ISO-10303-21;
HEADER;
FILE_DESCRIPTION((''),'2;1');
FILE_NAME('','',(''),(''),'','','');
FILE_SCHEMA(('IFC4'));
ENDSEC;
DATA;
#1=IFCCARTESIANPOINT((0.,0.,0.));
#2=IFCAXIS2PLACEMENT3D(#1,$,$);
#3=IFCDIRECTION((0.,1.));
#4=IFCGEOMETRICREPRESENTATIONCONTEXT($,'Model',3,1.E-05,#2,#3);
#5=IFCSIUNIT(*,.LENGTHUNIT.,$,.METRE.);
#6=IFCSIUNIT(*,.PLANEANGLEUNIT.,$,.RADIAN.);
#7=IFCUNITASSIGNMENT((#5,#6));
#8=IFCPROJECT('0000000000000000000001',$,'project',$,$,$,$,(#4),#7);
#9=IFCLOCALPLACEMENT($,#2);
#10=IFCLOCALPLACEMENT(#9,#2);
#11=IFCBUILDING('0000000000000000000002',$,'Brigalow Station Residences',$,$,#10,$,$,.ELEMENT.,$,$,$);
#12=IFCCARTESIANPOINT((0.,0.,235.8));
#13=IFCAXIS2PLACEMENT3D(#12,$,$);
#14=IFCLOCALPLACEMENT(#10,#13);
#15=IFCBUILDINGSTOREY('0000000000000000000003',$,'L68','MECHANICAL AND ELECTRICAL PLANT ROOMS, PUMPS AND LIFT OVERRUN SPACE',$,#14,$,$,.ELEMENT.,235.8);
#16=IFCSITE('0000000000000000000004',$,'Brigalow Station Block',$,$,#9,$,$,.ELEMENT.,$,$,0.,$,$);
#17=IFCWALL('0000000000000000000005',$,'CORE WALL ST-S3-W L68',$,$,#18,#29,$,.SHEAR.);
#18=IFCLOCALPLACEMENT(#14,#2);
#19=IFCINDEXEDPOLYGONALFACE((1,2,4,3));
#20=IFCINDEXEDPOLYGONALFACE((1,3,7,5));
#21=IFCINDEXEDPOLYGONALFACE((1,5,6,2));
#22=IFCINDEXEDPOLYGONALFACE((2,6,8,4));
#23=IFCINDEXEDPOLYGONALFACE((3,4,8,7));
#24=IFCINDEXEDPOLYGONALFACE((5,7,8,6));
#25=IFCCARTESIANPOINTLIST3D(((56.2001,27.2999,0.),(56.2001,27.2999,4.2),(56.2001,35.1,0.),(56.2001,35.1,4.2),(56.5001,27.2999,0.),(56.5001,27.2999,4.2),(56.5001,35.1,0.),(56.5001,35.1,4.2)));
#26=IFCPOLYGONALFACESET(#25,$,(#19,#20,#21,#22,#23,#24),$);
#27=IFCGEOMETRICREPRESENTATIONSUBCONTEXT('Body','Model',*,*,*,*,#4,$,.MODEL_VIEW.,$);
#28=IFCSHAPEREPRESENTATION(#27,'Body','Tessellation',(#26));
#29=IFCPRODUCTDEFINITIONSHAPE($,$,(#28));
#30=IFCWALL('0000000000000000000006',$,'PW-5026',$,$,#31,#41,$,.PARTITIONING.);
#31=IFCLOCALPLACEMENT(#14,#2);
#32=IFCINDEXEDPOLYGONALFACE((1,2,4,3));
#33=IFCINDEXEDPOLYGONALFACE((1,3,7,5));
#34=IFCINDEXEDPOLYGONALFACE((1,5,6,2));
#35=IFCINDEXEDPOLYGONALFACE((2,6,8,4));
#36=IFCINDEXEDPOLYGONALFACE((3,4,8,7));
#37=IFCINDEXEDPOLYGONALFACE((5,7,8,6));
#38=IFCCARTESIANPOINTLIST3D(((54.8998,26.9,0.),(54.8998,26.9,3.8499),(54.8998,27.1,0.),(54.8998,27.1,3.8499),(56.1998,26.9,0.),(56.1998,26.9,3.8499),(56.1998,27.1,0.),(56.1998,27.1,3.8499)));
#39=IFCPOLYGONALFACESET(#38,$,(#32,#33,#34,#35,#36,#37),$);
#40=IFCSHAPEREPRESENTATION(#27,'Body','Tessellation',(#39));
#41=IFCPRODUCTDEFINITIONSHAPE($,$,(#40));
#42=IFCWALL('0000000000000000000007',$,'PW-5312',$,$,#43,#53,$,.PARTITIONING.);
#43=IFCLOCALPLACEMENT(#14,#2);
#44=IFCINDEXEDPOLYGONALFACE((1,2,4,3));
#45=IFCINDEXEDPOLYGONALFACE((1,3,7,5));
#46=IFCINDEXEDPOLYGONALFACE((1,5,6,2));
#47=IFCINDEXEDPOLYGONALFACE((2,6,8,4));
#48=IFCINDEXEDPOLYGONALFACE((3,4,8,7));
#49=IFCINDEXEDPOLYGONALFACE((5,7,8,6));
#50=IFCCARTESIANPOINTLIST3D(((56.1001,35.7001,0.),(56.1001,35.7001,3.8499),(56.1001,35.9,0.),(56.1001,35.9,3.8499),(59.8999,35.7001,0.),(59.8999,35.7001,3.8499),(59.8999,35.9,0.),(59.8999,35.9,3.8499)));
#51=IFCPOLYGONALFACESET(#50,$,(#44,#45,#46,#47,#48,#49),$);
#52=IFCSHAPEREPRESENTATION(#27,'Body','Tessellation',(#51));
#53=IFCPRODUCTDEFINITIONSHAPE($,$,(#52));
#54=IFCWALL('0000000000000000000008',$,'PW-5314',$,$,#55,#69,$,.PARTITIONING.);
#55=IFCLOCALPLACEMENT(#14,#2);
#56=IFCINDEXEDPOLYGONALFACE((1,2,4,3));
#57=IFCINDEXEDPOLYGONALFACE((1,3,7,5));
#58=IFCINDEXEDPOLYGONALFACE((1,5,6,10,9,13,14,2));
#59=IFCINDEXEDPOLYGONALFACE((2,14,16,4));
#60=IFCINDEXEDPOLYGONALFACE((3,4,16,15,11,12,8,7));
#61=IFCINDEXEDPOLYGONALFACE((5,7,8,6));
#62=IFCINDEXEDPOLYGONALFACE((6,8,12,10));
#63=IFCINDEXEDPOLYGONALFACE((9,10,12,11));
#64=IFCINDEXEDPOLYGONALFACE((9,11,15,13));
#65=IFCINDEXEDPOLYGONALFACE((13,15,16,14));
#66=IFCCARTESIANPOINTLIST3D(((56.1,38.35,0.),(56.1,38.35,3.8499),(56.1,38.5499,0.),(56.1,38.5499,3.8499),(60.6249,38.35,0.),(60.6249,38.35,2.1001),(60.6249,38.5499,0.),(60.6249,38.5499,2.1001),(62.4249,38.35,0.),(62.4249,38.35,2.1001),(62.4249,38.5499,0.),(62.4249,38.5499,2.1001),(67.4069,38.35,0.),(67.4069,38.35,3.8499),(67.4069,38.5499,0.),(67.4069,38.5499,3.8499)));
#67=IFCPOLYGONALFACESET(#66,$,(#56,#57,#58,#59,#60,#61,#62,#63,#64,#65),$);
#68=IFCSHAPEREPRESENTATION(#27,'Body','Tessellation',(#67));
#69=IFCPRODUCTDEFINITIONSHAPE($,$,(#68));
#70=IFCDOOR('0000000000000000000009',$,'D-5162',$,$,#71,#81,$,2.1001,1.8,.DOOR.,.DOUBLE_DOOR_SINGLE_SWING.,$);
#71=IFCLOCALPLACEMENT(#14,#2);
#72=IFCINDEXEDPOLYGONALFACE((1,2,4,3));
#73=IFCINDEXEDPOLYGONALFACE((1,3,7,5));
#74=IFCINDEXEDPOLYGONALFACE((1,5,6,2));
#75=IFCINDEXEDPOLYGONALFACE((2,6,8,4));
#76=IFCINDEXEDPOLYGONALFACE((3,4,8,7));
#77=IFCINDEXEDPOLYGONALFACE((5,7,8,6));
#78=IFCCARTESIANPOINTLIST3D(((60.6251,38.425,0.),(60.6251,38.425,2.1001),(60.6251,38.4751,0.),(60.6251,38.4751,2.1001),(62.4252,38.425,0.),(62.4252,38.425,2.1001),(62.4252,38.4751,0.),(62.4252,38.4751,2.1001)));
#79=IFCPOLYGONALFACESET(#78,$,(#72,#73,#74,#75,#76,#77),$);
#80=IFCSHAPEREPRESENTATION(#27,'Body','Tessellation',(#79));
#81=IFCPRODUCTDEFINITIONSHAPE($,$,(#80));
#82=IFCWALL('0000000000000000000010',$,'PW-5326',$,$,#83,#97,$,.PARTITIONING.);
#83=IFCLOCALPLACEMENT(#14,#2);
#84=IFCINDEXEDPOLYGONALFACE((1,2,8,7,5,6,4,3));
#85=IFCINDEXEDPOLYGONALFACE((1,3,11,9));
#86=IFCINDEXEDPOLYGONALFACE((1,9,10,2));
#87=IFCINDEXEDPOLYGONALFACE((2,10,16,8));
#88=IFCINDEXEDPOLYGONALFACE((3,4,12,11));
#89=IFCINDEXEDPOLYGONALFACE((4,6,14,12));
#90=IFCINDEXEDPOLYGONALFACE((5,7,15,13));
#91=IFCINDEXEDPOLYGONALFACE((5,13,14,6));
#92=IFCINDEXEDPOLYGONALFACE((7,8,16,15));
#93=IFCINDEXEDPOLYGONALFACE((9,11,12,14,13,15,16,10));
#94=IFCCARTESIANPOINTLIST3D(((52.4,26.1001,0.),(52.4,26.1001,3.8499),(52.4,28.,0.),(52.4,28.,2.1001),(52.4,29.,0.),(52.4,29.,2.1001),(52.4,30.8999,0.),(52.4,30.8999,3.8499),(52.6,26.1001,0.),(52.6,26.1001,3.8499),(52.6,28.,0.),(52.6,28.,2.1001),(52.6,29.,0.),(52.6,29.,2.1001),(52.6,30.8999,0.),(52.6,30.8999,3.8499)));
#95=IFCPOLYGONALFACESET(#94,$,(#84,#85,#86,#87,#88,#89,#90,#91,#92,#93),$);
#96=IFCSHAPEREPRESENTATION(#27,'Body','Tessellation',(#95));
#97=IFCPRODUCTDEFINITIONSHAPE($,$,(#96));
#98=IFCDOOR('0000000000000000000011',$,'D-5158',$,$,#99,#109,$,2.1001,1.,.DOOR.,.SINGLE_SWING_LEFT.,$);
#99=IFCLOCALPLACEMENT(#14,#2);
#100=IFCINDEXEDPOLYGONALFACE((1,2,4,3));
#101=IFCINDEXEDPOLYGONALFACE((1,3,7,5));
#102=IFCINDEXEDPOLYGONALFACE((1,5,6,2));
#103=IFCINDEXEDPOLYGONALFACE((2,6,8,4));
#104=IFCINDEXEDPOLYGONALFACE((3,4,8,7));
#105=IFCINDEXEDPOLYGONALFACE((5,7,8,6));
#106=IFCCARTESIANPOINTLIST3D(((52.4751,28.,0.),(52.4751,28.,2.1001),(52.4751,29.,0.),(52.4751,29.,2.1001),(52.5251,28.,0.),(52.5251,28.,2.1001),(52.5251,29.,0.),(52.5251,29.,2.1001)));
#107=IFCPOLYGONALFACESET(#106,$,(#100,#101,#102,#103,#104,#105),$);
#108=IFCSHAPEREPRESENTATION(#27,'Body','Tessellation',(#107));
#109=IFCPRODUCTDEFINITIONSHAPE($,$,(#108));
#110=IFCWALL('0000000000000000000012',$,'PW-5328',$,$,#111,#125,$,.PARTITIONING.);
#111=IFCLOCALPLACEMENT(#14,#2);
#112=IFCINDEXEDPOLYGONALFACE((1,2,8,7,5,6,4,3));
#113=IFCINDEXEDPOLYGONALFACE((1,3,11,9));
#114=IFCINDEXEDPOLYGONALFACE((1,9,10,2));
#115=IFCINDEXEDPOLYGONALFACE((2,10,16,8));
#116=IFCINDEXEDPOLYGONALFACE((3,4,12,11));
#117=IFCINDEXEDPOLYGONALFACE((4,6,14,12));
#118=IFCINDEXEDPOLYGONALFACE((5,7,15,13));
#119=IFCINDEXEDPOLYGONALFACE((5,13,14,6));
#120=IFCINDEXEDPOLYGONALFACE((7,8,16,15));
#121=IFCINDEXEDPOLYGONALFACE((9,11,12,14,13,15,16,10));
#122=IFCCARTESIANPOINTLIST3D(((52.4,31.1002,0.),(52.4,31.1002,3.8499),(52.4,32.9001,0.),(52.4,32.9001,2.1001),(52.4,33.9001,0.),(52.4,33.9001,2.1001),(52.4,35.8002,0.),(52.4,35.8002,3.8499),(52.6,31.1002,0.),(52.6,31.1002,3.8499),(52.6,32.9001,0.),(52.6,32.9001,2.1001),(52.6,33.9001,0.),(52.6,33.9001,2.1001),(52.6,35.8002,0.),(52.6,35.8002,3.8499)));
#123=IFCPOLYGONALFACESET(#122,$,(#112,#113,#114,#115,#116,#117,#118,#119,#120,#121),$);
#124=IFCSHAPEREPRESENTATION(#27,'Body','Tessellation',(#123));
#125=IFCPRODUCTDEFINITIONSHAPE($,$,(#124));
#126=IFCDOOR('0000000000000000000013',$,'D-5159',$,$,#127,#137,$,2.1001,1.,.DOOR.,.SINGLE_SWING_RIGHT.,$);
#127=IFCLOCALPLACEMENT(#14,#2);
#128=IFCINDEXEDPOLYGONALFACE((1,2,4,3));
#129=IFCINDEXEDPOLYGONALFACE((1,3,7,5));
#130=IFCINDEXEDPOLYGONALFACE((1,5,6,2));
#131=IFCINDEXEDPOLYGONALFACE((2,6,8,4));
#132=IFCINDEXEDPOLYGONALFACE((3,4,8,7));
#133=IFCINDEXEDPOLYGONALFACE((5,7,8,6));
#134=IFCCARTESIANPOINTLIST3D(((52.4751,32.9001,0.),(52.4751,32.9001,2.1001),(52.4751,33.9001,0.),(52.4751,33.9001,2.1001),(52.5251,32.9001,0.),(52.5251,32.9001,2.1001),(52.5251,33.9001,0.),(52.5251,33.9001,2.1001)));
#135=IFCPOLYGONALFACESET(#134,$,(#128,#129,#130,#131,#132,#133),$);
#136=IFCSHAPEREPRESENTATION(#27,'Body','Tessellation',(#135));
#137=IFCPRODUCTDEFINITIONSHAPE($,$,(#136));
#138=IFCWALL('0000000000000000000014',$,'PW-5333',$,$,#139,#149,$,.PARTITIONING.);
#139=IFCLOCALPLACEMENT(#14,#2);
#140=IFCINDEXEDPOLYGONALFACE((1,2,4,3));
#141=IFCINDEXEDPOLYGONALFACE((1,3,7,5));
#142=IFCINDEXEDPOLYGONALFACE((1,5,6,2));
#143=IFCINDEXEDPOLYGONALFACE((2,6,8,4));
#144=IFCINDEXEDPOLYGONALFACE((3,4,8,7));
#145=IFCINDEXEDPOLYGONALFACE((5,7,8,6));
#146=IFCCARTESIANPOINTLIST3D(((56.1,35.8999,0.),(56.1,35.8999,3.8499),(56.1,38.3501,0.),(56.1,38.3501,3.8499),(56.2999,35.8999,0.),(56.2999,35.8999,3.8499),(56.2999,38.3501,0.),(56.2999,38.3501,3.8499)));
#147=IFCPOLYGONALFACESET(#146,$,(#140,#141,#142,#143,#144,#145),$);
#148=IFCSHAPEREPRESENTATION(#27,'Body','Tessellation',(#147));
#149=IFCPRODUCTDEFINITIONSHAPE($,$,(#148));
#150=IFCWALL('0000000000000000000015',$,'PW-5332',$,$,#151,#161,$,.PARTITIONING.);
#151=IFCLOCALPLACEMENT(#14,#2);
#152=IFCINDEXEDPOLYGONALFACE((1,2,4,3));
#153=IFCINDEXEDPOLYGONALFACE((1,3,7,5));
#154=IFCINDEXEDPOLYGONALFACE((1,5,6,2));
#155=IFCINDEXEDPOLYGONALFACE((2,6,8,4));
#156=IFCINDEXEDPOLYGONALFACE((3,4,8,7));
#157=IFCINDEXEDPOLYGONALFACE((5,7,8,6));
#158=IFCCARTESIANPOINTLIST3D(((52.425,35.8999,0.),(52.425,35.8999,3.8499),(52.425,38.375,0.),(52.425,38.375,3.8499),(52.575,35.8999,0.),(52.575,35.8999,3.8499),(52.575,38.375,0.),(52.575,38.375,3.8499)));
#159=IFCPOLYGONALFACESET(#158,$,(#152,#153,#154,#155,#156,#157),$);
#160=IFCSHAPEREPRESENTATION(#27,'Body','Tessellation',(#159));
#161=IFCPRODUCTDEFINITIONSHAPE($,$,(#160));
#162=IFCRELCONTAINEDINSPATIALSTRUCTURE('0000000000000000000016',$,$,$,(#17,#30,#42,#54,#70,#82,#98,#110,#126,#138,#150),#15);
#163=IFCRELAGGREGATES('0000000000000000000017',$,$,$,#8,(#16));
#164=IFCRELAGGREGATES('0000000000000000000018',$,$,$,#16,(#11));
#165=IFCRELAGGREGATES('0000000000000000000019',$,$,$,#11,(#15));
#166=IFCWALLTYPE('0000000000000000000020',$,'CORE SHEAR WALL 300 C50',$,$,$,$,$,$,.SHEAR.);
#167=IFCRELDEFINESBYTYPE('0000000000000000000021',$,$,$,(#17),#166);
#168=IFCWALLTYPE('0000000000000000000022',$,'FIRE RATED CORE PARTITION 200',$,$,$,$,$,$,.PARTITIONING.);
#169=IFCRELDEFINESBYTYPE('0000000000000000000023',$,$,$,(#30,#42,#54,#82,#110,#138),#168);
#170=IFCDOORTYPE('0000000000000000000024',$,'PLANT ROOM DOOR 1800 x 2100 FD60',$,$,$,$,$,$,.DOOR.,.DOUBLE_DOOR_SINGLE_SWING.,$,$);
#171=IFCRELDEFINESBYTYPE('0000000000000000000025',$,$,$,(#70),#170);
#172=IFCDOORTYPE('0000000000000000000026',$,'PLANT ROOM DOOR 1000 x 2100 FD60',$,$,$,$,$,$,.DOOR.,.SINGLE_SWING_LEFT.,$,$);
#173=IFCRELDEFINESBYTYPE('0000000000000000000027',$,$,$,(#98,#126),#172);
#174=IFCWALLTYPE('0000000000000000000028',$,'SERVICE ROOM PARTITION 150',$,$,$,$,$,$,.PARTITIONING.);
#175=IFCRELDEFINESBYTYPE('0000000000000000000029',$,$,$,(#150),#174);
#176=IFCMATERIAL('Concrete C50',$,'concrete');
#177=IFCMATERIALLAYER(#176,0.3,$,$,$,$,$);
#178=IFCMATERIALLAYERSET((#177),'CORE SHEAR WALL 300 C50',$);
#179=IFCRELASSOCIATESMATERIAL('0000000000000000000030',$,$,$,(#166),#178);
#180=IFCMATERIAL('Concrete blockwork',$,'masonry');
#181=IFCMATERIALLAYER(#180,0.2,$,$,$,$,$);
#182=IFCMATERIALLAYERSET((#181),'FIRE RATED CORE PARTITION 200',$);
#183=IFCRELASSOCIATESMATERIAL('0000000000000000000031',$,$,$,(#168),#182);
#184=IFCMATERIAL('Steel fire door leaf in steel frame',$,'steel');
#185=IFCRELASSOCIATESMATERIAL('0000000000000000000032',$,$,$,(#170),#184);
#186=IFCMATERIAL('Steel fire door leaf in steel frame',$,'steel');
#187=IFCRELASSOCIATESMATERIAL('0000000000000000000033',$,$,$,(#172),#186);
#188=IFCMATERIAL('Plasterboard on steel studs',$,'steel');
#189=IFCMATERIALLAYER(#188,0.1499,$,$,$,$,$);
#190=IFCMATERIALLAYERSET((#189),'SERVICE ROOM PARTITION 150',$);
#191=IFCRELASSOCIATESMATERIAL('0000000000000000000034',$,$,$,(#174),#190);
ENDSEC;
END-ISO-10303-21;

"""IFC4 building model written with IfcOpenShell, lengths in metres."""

from ifc_helpers import new_model, si_unit, direction, frame, frame_2d, origin, place, context, subcontext, project, spatial, rectangle, extrude, material, layer, layer_set, type_object, element, fill, save


model = new_model("IFC4")

# Units and contexts
model_context = context("Model", 3, precision=1e-05, world=origin(), true_north=direction((0.0, 1.0)))
body_context = subcontext(model_context, "Body", "Model", "MODEL_VIEW")
ifc_project = project(units=[si_unit("LENGTHUNIT", "METRE"), si_unit("PLANEANGLEUNIT", "RADIAN")], contexts=[model_context])

# Site, building, storey
site_placement = place(None, origin())
site = spatial("IfcSite", under=ifc_project, at=site_placement, Name="Brigalow Station Block", CompositionType="ELEMENT", RefElevation=0.0)
building_placement = place(site_placement, origin())
building = spatial("IfcBuilding", under=site, at=building_placement, Name="Brigalow Station Residences", CompositionType="ELEMENT")
storey_placement = place(building_placement, frame((0.0, 0.0, 235.8)))
storey = spatial("IfcBuildingStorey", under=building, at=storey_placement, Name="L68", Description="MECHANICAL AND ELECTRICAL PLANT ROOMS, PUMPS AND LIFT OVERRUN SPACE", CompositionType="ELEMENT", Elevation=235.8)

# Shared definitions
ifc_material_1 = material(Name="Concrete C50", Category="concrete")
ifc_layer_1 = layer(ifc_material_1, 0.3)
ifc_layer_set_1 = layer_set([ifc_layer_1], Name="CORE SHEAR WALL 300 C50")
wall_type_1 = type_object("IfcWallType", Name="CORE SHEAR WALL 300 C50", PredefinedType="SHEAR", material=ifc_layer_set_1)

# Walls
wall_1_placement = place(storey_placement, frame((56.3501, 27.3, 0.0), z_axis=(0.0, 0.0, 1.0), x_axis=(0.0, 1.0, 0.0)))
element("IfcWall", 1, at=wall_1_placement, inside=storey, type_object=wall_type_1, Name="CORE WALL ST-S3-W L68", PredefinedType="SHEAR", context=body_context, shape_type="SweptSolid", body=[
    extrude(rectangle(XDim=7.8, YDim=0.3, at=frame_2d((3.8999, 0.0))), origin(), (0.0, 0.0, 1.0), 4.2),
])
ifc_material_2 = material(Name="Concrete blockwork", Category="masonry")
ifc_layer_2 = layer(ifc_material_2, 0.2)
ifc_layer_set_2 = layer_set([ifc_layer_2], Name="FIRE RATED CORE PARTITION 200")
wall_type_2 = type_object("IfcWallType", Name="FIRE RATED CORE PARTITION 200", PredefinedType="PARTITIONING", material=ifc_layer_set_2)
wall_2_placement = place(storey_placement, frame((54.8999, 27.0, 0.0), z_axis=(0.0, 0.0, 1.0), x_axis=(1.0, 0.0, 0.0)))
element("IfcWall", 2, at=wall_2_placement, inside=storey, type_object=wall_type_2, Name="PW-5026", PredefinedType="PARTITIONING", context=body_context, shape_type="SweptSolid", body=[
    extrude(rectangle(XDim=1.3, YDim=0.2, at=frame_2d((0.6499, 0.0))), origin(), (0.0, 0.0, 1.0), 3.8499),
])
wall_3_placement = place(storey_placement, frame((56.1001, 35.8, 0.0), z_axis=(0.0, 0.0, 1.0), x_axis=(1.0, 0.0, 0.0)))
element("IfcWall", 3, at=wall_3_placement, inside=storey, type_object=wall_type_2, Name="PW-5312", PredefinedType="PARTITIONING", context=body_context, shape_type="SweptSolid", body=[
    extrude(rectangle(XDim=3.7998, YDim=0.2, at=frame_2d((1.8999, 0.0))), origin(), (0.0, 0.0, 1.0), 3.8499),
])

# Walls, openings, doors
wall_4_placement = place(storey_placement, frame((56.1001, 38.45, 0.0), z_axis=(0.0, 0.0, 1.0), x_axis=(1.0, 0.0, 0.0)))
wall_4 = element("IfcWall", 4, at=wall_4_placement, inside=storey, type_object=wall_type_2, Name="PW-5314", PredefinedType="PARTITIONING", context=body_context, shape_type="SweptSolid", body=[
    extrude(rectangle(XDim=11.3069, YDim=0.2, at=frame_2d((5.6533, 0.0))), origin(), (0.0, 0.0, 1.0), 3.8499),
])
opening_1_placement = place(wall_4_placement, frame((4.5249, 0.0, 0.0)))
opening_1 = element("IfcOpeningElement", 5, at=opening_1_placement, cuts=wall_4, PredefinedType="OPENING", context=body_context, shape_type="SweptSolid", body=[
    extrude(rectangle(XDim=1.8, YDim=2.1001, at=frame_2d((0.8999, 1.05))), frame((0.0, 0.1099, 0.0), z_axis=(0.0, -1.0, 0.0), x_axis=(1.0, 0.0, 0.0)), (0.0, 0.0, 1.0), 0.22),
])
ifc_material_3 = material(Name="Steel fire door leaf in steel frame", Category="steel")
door_type_1 = type_object("IfcDoorType", Name="PLANT ROOM DOOR 1800 x 2100 FD60", OperationType="DOUBLE_DOOR_SINGLE_SWING", PredefinedType="DOOR", material=ifc_material_3)
door_1_placement = place(opening_1_placement, frame((1.8, 0.0, 0.0), z_axis=(0.0, 0.0, 1.0), x_axis=(-1.0, 0.0, 0.0)))
door_1 = element("IfcDoor", 6, at=door_1_placement, inside=storey, type_object=door_type_1, Name="D-5162", OperationType="DOUBLE_DOOR_SINGLE_SWING", OverallHeight=2.1001, OverallWidth=1.8, PredefinedType="DOOR", context=body_context, shape_type="SweptSolid", body=[
    extrude(rectangle(XDim=1.8, YDim=2.1001, at=frame_2d((0.8999, 1.05))), frame((0.0, 0.0249, 0.0), z_axis=(0.0, -1.0, 0.0), x_axis=(1.0, 0.0, 0.0)), (0.0, 0.0, 1.0), 0.05),
])
fill(opening_1, door_1)
wall_5_placement = place(storey_placement, frame((52.5, 26.1001, 0.0), z_axis=(0.0, 0.0, 1.0), x_axis=(0.0, 1.0, 0.0)))
wall_5 = element("IfcWall", 7, at=wall_5_placement, inside=storey, type_object=wall_type_2, Name="PW-5326", PredefinedType="PARTITIONING", context=body_context, shape_type="SweptSolid", body=[
    extrude(rectangle(XDim=4.7998, YDim=0.2, at=frame_2d((2.3999, 0.0))), origin(), (0.0, 0.0, 1.0), 3.8499),
])
opening_2_placement = place(wall_5_placement, frame((1.8999, 0.0, 0.0)))
opening_2 = element("IfcOpeningElement", 8, at=opening_2_placement, cuts=wall_5, PredefinedType="OPENING", context=body_context, shape_type="SweptSolid", body=[
    extrude(rectangle(XDim=1.0, YDim=2.1001, at=frame_2d((0.5, 1.05))), frame((0.0, 0.1099, 0.0), z_axis=(0.0, -1.0, 0.0), x_axis=(1.0, 0.0, 0.0)), (0.0, 0.0, 1.0), 0.22),
])
ifc_material_4 = material(Name="Steel fire door leaf in steel frame", Category="steel")
door_type_2 = type_object("IfcDoorType", Name="PLANT ROOM DOOR 1000 x 2100 FD60", OperationType="SINGLE_SWING_LEFT", PredefinedType="DOOR", material=ifc_material_4)
door_2_placement = place(opening_2_placement, origin())
door_2 = element("IfcDoor", 9, at=door_2_placement, inside=storey, type_object=door_type_2, Name="D-5158", OperationType="SINGLE_SWING_LEFT", OverallHeight=2.1001, OverallWidth=1.0, PredefinedType="DOOR", context=body_context, shape_type="SweptSolid", body=[
    extrude(rectangle(XDim=1.0, YDim=2.1001, at=frame_2d((0.5, 1.05))), frame((0.0, 0.0249, 0.0), z_axis=(0.0, -1.0, 0.0), x_axis=(1.0, 0.0, 0.0)), (0.0, 0.0, 1.0), 0.05),
])
fill(opening_2, door_2)
wall_6_placement = place(storey_placement, frame((52.5, 31.1001, 0.0), z_axis=(0.0, 0.0, 1.0), x_axis=(0.0, 1.0, 0.0)))
wall_6 = element("IfcWall", 10, at=wall_6_placement, inside=storey, type_object=wall_type_2, Name="PW-5328", PredefinedType="PARTITIONING", context=body_context, shape_type="SweptSolid", body=[
    extrude(rectangle(XDim=4.7, YDim=0.2, at=frame_2d((2.3501, 0.0))), origin(), (0.0, 0.0, 1.0), 3.8499),
])
opening_3_placement = place(wall_6_placement, frame((1.8, 0.0, 0.0)))
opening_3 = element("IfcOpeningElement", 11, at=opening_3_placement, cuts=wall_6, PredefinedType="OPENING", context=body_context, shape_type="SweptSolid", body=[
    extrude(rectangle(XDim=1.0, YDim=2.1001, at=frame_2d((0.5, 1.05))), frame((0.0, 0.1099, 0.0), z_axis=(0.0, -1.0, 0.0), x_axis=(1.0, 0.0, 0.0)), (0.0, 0.0, 1.0), 0.22),
])
door_3_placement = place(opening_3_placement, origin())
door_3 = element("IfcDoor", 12, at=door_3_placement, inside=storey, type_object=door_type_2, Name="D-5159", OperationType="SINGLE_SWING_RIGHT", OverallHeight=2.1001, OverallWidth=1.0, PredefinedType="DOOR", context=body_context, shape_type="SweptSolid", body=[
    extrude(rectangle(XDim=1.0, YDim=2.1001, at=frame_2d((0.5, 1.05))), frame((0.0, 0.0249, 0.0), z_axis=(0.0, -1.0, 0.0), x_axis=(1.0, 0.0, 0.0)), (0.0, 0.0, 1.0), 0.05),
])
fill(opening_3, door_3)

# Walls
wall_7_placement = place(storey_placement, frame((56.2, 35.8999, 0.0), z_axis=(0.0, 0.0, 1.0), x_axis=(0.0, 1.0, 0.0)))
element("IfcWall", 13, at=wall_7_placement, inside=storey, type_object=wall_type_2, Name="PW-5333", PredefinedType="PARTITIONING", context=body_context, shape_type="SweptSolid", body=[
    extrude(rectangle(XDim=2.4502, YDim=0.2, at=frame_2d((1.2251, 0.0))), origin(), (0.0, 0.0, 1.0), 3.8499),
])
ifc_material_5 = material(Name="Plasterboard on steel studs", Category="steel")
ifc_layer_3 = layer(ifc_material_5, 0.1499)
ifc_layer_set_3 = layer_set([ifc_layer_3], Name="SERVICE ROOM PARTITION 150")
wall_type_3 = type_object("IfcWallType", Name="SERVICE ROOM PARTITION 150", PredefinedType="PARTITIONING", material=ifc_layer_set_3)
wall_8_placement = place(storey_placement, frame((52.5, 35.8999, 0.0), z_axis=(0.0, 0.0, 1.0), x_axis=(0.0, 1.0, 0.0)))
element("IfcWall", 14, at=wall_8_placement, inside=storey, type_object=wall_type_3, Name="PW-5332", PredefinedType="PARTITIONING", context=body_context, shape_type="SweptSolid", body=[
    extrude(rectangle(XDim=2.4751, YDim=0.1499, at=frame_2d((1.2375, 0.0))), origin(), (0.0, 0.0, 1.0), 3.8499),
])

save(model, "model.ifc")
